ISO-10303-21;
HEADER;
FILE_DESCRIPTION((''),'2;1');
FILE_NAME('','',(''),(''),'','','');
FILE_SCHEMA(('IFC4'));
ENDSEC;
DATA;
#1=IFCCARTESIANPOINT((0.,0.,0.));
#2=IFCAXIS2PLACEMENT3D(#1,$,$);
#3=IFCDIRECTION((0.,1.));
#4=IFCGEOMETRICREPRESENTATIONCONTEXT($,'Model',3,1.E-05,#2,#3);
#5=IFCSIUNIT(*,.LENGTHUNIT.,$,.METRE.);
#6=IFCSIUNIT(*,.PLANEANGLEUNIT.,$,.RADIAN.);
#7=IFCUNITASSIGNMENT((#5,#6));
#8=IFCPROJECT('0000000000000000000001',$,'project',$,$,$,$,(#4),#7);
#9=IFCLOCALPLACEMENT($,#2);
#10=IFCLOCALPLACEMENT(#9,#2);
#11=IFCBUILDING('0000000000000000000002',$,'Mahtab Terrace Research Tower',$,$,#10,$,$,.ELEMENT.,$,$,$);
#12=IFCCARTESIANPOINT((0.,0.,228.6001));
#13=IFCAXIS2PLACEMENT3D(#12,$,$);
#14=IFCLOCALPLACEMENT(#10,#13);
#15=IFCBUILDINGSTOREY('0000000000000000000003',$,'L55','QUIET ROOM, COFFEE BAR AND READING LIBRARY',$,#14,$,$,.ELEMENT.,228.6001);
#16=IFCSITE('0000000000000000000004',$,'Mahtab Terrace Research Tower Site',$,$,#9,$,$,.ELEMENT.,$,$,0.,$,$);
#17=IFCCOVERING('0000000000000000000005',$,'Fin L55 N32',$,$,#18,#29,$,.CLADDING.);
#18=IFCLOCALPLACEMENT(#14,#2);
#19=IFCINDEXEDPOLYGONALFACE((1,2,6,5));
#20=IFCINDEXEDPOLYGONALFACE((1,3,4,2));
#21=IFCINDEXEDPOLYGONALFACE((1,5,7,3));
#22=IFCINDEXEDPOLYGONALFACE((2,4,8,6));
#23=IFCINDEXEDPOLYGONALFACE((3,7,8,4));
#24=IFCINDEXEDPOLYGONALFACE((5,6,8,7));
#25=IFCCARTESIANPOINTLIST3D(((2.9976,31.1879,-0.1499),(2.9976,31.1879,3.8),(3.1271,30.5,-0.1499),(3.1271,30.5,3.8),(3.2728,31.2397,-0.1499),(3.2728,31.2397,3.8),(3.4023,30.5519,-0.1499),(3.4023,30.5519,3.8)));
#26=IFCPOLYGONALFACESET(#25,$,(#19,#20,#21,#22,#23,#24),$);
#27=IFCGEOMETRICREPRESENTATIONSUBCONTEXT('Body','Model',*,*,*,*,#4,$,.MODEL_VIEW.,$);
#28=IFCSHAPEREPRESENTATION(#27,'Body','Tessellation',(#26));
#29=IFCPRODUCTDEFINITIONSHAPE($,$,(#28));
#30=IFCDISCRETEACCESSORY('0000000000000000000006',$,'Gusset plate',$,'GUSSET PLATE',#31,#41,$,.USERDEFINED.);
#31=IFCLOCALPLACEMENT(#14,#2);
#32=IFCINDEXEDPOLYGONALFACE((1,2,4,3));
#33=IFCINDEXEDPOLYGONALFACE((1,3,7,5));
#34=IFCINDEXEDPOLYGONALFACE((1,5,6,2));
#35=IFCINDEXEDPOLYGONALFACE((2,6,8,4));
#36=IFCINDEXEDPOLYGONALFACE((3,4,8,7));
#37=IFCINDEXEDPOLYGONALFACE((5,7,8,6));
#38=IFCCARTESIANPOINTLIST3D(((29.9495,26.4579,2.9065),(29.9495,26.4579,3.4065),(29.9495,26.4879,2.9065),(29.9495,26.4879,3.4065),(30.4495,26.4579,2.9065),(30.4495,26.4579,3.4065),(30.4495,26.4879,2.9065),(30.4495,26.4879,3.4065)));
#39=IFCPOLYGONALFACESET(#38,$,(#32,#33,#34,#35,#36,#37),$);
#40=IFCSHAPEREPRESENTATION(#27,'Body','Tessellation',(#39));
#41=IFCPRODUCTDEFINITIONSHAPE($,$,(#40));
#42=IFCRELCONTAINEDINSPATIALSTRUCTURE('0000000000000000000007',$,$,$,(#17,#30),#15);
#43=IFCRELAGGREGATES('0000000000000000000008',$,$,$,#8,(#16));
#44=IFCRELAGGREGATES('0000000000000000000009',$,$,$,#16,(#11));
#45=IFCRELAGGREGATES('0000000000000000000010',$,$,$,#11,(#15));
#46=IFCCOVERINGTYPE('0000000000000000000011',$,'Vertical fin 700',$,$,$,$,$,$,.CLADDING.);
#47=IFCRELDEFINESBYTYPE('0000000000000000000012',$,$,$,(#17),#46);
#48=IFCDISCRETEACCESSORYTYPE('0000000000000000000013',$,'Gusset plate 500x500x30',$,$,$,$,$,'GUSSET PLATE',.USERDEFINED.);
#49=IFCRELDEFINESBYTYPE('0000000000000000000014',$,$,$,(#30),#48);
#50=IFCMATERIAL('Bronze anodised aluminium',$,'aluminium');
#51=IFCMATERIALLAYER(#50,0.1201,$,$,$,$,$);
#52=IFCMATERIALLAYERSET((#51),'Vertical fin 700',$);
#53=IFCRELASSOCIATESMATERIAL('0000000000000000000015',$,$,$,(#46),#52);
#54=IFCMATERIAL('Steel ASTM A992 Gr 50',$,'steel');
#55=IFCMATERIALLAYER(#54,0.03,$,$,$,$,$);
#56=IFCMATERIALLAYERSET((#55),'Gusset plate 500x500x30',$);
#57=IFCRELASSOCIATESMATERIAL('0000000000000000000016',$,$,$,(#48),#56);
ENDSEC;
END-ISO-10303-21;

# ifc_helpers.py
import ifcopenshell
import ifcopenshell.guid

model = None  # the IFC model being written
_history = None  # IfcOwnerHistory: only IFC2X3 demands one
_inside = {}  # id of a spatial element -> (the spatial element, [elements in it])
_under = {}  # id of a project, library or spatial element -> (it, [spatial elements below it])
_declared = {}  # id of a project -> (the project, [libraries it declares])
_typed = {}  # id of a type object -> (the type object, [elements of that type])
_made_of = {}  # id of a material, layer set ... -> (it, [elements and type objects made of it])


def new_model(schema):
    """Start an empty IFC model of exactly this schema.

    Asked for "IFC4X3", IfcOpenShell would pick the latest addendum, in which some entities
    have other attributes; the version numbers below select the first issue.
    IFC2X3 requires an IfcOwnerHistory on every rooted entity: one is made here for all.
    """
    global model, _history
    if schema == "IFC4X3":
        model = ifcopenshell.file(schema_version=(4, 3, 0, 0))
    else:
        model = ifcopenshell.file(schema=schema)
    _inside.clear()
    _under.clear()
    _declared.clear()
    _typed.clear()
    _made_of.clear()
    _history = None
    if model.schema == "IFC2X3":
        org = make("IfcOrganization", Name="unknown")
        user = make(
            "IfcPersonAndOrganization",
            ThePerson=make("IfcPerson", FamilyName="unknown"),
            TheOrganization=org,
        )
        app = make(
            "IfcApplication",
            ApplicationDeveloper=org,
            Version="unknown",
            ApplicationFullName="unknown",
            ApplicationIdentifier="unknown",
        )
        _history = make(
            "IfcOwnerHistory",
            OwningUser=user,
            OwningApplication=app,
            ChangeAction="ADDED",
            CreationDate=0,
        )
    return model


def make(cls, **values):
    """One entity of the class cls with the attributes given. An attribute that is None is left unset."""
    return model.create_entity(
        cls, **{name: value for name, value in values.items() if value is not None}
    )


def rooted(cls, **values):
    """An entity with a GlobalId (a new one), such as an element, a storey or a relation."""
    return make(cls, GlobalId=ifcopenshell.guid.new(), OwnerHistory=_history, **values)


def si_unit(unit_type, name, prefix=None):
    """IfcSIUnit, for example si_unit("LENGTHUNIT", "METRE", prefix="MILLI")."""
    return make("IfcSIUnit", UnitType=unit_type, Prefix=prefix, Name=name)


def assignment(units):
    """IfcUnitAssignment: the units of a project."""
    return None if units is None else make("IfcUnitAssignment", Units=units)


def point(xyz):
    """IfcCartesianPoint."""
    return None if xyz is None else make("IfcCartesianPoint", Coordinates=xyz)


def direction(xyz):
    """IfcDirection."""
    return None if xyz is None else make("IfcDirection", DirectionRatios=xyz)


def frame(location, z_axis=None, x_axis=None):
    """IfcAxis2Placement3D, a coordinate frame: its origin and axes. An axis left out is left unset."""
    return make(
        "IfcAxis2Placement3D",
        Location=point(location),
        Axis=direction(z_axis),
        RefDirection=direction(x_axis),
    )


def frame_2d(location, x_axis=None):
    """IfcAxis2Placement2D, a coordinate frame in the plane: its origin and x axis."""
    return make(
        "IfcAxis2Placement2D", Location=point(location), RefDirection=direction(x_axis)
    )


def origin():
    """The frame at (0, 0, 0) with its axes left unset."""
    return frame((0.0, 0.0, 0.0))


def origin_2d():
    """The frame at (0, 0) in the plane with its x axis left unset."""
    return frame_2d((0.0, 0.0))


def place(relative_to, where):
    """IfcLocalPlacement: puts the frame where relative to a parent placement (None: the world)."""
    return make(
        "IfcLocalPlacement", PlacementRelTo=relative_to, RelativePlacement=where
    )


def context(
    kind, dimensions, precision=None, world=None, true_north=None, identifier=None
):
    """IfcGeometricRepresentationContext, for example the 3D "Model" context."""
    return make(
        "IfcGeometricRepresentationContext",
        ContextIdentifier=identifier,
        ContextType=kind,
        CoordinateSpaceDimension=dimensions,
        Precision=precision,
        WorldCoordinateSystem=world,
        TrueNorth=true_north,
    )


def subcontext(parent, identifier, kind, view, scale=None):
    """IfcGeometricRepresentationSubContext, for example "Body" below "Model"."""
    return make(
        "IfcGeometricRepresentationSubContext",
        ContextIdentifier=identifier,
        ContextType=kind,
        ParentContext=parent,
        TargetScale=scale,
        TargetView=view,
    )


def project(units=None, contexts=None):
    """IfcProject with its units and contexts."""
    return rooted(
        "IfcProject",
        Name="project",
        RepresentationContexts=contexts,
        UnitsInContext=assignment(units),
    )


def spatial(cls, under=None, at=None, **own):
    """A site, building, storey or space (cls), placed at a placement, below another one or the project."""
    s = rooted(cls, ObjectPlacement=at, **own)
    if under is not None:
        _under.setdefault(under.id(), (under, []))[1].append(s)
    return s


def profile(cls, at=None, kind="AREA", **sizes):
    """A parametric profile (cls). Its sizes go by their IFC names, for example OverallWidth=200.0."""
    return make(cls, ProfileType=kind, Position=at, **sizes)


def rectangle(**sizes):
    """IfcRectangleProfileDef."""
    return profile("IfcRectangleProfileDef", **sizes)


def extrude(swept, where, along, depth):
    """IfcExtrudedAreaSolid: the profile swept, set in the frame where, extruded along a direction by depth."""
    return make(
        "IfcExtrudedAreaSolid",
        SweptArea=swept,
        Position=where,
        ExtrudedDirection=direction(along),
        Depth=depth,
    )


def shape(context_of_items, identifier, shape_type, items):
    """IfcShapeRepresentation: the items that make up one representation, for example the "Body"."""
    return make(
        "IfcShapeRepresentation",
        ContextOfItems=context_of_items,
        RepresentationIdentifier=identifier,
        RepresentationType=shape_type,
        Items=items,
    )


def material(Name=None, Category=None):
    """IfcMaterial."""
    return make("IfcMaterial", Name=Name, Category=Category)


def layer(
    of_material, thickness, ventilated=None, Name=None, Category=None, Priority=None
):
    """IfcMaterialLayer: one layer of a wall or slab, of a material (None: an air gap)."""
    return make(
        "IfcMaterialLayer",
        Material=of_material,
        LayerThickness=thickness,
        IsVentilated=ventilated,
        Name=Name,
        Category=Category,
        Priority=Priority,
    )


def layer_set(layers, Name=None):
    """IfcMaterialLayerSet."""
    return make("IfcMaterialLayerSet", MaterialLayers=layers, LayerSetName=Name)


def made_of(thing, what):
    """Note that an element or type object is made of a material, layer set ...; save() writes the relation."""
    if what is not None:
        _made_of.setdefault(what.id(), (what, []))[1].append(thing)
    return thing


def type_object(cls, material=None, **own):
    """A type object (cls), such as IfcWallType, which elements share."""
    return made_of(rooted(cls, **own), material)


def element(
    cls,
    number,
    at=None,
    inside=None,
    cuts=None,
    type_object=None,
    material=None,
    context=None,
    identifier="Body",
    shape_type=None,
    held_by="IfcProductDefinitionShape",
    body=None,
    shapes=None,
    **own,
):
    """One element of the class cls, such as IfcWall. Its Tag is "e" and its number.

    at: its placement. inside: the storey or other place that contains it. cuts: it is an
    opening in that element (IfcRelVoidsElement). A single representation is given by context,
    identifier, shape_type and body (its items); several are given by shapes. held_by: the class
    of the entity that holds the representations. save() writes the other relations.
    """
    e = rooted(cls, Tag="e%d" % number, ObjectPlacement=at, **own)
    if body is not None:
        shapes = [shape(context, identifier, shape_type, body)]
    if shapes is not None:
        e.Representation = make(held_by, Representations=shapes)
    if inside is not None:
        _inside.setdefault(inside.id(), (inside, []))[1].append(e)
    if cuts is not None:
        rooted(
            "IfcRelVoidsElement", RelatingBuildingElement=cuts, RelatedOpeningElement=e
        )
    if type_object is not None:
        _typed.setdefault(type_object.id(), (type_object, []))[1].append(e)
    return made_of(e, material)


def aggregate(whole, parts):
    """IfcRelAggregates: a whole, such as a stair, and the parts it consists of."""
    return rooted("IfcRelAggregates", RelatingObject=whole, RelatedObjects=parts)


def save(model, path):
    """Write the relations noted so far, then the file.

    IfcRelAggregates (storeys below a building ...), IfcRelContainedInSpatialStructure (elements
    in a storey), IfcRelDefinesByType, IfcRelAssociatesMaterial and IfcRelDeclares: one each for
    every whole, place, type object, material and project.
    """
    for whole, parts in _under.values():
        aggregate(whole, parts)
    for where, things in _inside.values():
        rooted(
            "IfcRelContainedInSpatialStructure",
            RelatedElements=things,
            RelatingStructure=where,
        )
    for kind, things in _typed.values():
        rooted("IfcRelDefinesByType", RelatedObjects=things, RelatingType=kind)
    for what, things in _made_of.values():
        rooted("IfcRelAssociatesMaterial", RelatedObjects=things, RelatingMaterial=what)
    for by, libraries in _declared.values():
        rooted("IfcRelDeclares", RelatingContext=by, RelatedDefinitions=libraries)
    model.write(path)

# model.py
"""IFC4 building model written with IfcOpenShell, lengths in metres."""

from ifc_helpers import new_model, si_unit, direction, frame, origin, origin_2d, place, context, subcontext, project, spatial, rectangle, extrude, material, layer, layer_set, type_object, element, save


model = new_model("IFC4")

# Units and contexts
model_context = context("Model", 3, precision=1e-05, world=origin(), true_north=direction((0.0, 1.0)))
body_context = subcontext(model_context, "Body", "Model", "MODEL_VIEW")
ifc_project = project(units=[si_unit("LENGTHUNIT", "METRE"), si_unit("PLANEANGLEUNIT", "RADIAN")], contexts=[model_context])

# Site, building, storey
site_placement = place(None, origin())
site = spatial("IfcSite", under=ifc_project, at=site_placement, Name="Mahtab Terrace Research Tower Site", CompositionType="ELEMENT", RefElevation=0.0)
building_placement = place(site_placement, origin())
building = spatial("IfcBuilding", under=site, at=building_placement, Name="Mahtab Terrace Research Tower", CompositionType="ELEMENT")
storey_placement = place(building_placement, frame((0.0, 0.0, 228.6001)))
storey = spatial("IfcBuildingStorey", under=building, at=storey_placement, Name="L55", Description="QUIET ROOM, COFFEE BAR AND READING LIBRARY", CompositionType="ELEMENT", Elevation=228.6001)

# Covering
ifc_material_1 = material(Name="Bronze anodised aluminium", Category="aluminium")
ifc_layer_1 = layer(ifc_material_1, 0.1201)
ifc_layer_set_1 = layer_set([ifc_layer_1], Name="Vertical fin 700")
covering_type_1 = type_object("IfcCoveringType", Name="Vertical fin 700", PredefinedType="CLADDING", material=ifc_layer_set_1)
for number, where, z_axis, x_axis, name in (
    (1, (3.2, 30.8699, -0.1499), (0.0, 0.0, 1.0), (-0.982721, -0.185095, 0.0), "Fin L55 N32"),
):
    element("IfcCovering", number, at=place(storey_placement, frame(where, z_axis=z_axis, x_axis=x_axis)), inside=storey, type_object=covering_type_1, Name=name, PredefinedType="CLADDING", context=body_context, shape_type="SweptSolid", body=[
        extrude(rectangle(XDim=0.28, YDim=0.7, at=origin_2d()), origin(), (0.0, 0.0, 1.0), 3.95),
    ])

# Discrete accessory
ifc_material_2 = material(Name="Steel ASTM A992 Gr 50", Category="steel")
ifc_layer_2 = layer(ifc_material_2, 0.03)
ifc_layer_set_2 = layer_set([ifc_layer_2], Name="Gusset plate 500x500x30")
discrete_accessory_type = type_object("IfcDiscreteAccessoryType", Name="Gusset plate 500x500x30", ElementType="GUSSET PLATE", PredefinedType="USERDEFINED", material=ifc_layer_set_2)
discrete_accessory_placement = place(storey_placement, frame((30.1995, 26.4729, 2.9065), z_axis=(0.0, 0.0, 1.0), x_axis=(1.0, 0.0, 0.0)))
element("IfcDiscreteAccessory", 2, at=discrete_accessory_placement, inside=storey, type_object=discrete_accessory_type, Name="Gusset plate", ObjectType="GUSSET PLATE", PredefinedType="USERDEFINED", context=body_context, shape_type="SweptSolid", body=[
    extrude(rectangle(XDim=0.5, YDim=0.03, at=origin_2d()), origin(), (0.0, 0.0, 1.0), 0.5),
])

save(model, "model.ifc")
